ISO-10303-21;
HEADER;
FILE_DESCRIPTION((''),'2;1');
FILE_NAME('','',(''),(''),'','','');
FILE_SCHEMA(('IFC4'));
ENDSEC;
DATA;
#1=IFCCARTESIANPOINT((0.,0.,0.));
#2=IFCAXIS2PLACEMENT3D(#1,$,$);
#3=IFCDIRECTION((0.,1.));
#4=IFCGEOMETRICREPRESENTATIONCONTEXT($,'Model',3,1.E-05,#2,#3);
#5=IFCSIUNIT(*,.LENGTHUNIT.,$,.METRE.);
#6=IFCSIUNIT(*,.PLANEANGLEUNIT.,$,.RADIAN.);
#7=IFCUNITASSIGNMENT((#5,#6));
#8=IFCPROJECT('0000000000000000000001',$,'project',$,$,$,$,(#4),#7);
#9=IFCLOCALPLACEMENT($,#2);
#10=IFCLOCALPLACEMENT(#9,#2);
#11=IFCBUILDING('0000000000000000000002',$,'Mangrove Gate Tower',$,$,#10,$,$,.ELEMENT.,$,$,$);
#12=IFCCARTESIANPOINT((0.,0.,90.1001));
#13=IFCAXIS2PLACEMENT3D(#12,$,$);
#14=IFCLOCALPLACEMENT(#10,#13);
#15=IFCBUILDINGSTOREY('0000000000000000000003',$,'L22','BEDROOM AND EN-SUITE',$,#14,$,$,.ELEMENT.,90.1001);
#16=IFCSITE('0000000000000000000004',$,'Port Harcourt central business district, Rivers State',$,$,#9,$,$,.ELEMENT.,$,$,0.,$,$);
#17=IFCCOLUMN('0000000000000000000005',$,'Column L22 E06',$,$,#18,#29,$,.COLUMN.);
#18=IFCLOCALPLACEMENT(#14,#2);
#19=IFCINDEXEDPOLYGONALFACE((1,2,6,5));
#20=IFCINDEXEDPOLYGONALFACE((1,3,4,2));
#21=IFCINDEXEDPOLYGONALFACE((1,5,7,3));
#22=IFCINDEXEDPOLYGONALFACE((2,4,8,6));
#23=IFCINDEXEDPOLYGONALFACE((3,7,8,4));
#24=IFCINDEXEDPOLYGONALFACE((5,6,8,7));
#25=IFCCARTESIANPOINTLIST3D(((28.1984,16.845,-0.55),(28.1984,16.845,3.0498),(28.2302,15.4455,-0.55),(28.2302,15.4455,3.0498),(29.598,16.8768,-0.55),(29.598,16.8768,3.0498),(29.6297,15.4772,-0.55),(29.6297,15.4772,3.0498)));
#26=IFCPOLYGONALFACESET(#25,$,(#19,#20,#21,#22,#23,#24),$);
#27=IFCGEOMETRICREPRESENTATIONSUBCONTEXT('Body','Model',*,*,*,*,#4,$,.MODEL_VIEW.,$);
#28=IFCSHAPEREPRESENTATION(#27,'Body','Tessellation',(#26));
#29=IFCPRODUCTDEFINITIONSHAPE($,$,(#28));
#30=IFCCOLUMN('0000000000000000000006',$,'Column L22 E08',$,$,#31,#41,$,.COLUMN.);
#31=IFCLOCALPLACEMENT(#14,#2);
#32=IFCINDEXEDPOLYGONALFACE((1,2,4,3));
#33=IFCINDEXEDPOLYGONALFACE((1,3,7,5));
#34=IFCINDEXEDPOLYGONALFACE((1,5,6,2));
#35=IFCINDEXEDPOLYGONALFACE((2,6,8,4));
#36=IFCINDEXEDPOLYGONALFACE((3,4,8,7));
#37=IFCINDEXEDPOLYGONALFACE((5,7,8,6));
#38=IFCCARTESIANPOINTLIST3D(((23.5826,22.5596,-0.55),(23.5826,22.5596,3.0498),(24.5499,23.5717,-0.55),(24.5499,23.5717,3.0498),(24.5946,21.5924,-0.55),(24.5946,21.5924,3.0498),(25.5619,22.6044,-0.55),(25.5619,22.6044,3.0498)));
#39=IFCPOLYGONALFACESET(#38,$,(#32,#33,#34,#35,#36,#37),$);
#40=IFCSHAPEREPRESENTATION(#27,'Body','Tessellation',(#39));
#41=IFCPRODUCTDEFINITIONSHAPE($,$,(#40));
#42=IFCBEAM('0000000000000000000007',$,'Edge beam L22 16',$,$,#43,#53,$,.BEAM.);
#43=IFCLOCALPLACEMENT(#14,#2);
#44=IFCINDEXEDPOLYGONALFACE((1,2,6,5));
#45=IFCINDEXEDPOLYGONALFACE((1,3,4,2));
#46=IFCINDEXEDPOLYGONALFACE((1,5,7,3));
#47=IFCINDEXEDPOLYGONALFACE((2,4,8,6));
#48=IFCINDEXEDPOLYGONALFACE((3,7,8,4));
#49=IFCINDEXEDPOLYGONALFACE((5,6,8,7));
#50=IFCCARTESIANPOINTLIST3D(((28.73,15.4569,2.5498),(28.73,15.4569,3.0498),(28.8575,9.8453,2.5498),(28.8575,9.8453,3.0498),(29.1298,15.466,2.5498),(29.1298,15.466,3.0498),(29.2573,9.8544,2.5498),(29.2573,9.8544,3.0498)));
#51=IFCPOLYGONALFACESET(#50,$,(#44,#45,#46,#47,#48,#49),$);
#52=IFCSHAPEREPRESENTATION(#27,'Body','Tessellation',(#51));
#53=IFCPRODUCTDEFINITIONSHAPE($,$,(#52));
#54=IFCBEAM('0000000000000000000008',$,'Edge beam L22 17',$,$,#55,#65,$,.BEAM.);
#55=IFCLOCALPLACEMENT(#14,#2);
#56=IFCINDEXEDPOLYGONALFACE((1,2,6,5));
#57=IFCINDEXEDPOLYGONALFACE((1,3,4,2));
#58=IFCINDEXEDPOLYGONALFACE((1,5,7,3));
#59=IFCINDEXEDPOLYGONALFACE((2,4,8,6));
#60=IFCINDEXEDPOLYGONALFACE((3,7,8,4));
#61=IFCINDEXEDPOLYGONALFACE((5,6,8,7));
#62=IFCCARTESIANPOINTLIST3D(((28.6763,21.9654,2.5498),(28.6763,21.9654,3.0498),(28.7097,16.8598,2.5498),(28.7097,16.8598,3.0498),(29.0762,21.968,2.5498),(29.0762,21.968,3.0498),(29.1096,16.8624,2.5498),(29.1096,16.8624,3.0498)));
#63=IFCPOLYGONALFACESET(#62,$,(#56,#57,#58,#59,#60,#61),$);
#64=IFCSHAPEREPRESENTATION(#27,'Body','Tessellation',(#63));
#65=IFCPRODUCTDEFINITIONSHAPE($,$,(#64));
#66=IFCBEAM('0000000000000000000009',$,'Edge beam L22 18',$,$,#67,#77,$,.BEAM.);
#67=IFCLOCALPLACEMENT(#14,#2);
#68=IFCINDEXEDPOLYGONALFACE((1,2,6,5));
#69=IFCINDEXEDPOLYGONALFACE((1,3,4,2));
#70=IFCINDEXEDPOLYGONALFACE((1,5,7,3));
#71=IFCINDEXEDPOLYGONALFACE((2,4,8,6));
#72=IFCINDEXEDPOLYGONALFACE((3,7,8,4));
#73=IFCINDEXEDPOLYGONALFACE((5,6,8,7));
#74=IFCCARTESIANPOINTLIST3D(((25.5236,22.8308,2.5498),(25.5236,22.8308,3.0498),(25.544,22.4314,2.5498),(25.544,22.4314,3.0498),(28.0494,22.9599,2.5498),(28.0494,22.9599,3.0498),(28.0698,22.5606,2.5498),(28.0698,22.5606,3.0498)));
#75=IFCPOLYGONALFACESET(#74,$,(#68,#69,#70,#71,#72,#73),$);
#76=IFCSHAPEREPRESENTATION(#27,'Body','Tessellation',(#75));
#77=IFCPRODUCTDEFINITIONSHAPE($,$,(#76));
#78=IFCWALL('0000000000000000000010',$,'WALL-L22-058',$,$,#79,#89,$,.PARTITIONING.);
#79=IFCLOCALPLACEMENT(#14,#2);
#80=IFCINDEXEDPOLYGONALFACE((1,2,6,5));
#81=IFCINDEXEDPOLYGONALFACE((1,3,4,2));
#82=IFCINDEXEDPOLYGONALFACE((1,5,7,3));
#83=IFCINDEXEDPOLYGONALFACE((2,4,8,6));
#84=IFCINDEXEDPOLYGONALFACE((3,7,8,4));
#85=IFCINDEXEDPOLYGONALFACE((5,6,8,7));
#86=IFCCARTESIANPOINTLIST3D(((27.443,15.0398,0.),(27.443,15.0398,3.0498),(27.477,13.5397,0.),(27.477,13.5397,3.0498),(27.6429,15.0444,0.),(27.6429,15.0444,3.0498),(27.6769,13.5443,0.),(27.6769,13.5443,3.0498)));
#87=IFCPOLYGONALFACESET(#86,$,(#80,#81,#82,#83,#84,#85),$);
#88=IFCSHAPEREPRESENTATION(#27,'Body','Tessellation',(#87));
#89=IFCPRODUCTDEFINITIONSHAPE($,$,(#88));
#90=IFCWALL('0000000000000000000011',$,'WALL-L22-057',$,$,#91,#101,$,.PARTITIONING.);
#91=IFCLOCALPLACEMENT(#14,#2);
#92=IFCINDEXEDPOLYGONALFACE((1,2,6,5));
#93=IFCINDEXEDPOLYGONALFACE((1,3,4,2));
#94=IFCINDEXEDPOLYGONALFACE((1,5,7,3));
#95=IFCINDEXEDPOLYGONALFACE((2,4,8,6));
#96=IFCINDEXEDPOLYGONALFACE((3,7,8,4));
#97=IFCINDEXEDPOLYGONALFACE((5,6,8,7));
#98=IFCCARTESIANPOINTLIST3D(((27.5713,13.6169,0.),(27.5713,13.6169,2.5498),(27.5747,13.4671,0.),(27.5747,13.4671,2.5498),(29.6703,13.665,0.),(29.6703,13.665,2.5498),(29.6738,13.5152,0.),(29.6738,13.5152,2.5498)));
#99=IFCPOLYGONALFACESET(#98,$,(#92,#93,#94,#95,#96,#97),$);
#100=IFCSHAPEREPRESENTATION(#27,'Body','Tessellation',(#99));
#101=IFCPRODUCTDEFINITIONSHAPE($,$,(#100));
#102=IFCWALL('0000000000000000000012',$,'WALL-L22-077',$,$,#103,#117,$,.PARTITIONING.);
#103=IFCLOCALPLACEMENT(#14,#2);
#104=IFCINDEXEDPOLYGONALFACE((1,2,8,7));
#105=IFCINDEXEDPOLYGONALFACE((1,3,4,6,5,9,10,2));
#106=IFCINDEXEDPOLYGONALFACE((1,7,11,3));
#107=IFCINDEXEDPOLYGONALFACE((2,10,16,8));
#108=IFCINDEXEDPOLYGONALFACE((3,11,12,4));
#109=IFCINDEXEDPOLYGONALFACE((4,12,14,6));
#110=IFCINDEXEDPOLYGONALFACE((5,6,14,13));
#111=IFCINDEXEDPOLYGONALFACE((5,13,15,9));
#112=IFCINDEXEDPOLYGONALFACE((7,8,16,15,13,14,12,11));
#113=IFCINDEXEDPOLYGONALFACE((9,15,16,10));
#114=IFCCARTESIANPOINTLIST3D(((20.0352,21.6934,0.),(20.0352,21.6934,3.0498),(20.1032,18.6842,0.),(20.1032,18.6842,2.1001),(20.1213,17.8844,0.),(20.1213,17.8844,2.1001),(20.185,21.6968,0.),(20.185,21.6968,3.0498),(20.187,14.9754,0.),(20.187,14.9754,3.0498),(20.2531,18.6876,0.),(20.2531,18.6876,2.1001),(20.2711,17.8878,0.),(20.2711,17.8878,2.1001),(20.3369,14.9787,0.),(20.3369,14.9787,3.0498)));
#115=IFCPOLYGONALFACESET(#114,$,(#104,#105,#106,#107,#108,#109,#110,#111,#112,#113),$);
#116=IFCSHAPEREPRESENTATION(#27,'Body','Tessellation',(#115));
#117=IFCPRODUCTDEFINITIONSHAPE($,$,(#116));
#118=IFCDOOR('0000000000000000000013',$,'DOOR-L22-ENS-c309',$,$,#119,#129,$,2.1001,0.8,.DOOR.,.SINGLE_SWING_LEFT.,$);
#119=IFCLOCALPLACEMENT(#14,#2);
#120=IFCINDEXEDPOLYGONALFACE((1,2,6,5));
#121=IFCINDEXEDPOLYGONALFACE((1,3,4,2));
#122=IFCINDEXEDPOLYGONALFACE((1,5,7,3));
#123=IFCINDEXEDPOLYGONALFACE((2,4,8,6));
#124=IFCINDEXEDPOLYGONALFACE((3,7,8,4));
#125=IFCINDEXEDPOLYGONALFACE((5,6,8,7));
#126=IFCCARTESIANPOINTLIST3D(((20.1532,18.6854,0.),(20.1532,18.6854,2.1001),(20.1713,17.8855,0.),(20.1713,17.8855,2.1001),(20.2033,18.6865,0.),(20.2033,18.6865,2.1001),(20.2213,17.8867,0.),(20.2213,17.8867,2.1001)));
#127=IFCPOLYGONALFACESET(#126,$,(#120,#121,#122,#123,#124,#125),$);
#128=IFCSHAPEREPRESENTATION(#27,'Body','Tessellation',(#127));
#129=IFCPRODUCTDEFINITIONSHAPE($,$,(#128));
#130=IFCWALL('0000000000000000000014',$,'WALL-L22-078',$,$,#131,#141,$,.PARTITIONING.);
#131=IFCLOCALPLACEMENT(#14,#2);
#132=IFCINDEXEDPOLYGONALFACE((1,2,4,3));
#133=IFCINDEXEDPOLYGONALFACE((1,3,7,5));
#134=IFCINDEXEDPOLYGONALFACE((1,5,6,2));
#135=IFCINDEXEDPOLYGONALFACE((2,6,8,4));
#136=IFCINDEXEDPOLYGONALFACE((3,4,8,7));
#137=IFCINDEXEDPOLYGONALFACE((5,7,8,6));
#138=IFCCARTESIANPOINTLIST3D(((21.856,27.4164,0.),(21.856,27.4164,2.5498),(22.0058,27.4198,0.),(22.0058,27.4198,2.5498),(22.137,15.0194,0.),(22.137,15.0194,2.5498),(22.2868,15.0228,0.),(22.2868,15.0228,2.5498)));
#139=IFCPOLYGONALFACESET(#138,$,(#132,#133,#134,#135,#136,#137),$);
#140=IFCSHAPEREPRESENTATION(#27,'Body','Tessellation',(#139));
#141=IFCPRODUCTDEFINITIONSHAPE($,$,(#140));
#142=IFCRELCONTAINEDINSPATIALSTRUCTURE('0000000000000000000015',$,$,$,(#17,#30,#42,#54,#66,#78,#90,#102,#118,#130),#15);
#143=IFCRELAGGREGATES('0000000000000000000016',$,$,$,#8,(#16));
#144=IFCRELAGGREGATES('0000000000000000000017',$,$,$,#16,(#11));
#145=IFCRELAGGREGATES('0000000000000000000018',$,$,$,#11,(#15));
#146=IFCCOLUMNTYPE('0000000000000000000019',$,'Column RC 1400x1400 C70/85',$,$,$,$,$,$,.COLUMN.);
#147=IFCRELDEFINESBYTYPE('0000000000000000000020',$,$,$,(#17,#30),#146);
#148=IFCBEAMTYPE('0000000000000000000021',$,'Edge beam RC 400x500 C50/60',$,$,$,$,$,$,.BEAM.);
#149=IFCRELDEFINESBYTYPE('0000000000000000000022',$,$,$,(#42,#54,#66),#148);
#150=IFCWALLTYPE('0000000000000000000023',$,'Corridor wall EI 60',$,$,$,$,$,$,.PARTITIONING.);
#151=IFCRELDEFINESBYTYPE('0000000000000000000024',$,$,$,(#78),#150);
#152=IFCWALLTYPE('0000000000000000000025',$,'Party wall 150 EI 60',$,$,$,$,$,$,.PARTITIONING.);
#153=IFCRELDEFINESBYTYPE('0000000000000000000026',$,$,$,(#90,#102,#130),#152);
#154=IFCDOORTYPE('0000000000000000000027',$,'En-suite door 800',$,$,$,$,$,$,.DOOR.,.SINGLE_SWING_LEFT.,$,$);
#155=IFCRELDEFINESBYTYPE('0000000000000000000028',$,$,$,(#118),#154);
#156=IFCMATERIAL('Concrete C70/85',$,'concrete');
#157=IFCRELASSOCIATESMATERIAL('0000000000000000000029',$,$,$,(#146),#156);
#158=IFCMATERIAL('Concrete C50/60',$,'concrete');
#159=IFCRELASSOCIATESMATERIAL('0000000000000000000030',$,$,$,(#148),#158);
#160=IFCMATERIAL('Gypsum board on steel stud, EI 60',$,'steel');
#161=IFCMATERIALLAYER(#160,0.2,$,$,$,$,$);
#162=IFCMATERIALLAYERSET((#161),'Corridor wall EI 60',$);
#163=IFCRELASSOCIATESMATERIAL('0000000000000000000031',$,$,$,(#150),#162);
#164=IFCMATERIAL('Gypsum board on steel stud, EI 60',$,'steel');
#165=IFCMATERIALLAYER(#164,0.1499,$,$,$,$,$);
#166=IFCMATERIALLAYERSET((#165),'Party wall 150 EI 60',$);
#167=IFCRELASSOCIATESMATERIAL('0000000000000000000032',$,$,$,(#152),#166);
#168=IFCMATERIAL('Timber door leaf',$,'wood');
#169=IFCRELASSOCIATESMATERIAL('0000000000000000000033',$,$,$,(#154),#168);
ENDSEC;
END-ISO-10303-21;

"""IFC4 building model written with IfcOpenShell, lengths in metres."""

from ifc_helpers import new_model, si_unit, direction, frame, frame_2d, origin, origin_2d, place, context, subcontext, project, spatial, rectangle, extrude, material, layer, layer_set, material_profile, profile_set, type_object, element, fill, save


model = new_model("IFC4")

# Units and contexts
model_context = context("Model", 3, precision=1e-05, world=origin(), true_north=direction((0.0, 1.0)))
body_context = subcontext(model_context, "Body", "Model", "MODEL_VIEW")
ifc_project = project(units=[si_unit("LENGTHUNIT", "METRE"), si_unit("PLANEANGLEUNIT", "RADIAN")], contexts=[model_context])

# Site, building, storey
site_placement = place(None, origin())
site = spatial("IfcSite", under=ifc_project, at=site_placement, Name="Port Harcourt central business district, Rivers State", CompositionType="ELEMENT", RefElevation=0.0)
building_placement = place(site_placement, origin())
building = spatial("IfcBuilding", under=site, at=building_placement, Name="Mangrove Gate Tower", CompositionType="ELEMENT")
storey_placement = place(building_placement, frame((0.0, 0.0, 90.1001)))
storey = spatial("IfcBuildingStorey", under=building, at=storey_placement, Name="L22", Description="BEDROOM AND EN-SUITE", CompositionType="ELEMENT", Elevation=90.1001)

# Columns
ifc_material_1 = material(Name="Concrete C70/85", Category="concrete")
ifc_material_profile_1 = material_profile(ifc_material_1, rectangle(XDim=1.3999, YDim=1.3999, at=origin_2d()))
ifc_profile_set_1 = profile_set([ifc_material_profile_1], Name="Concrete C70/85")
column_type = type_object("IfcColumnType", Name="Column RC 1400x1400 C70/85", PredefinedType="COLUMN", material=ifc_profile_set_1)
for number, where, z_axis, x_axis, name in (
    (1, (28.9141, 16.1611, -0.55), (0.0, 0.0, 1.0), (-0.022674, 0.999743, 0.0), "Column L22 E06"),
    (2, (24.5723, 22.582, -0.55), (0.0, 0.0, 1.0), (-0.722914, 0.690938, 0.0), "Column L22 E08"),
):
    element("IfcColumn", number, at=place(storey_placement, frame(where, z_axis=z_axis, x_axis=x_axis)), inside=storey, type_object=column_type, Name=name, PredefinedType="COLUMN", context=body_context, shape_type="SweptSolid", body=[
        extrude(rectangle(XDim=1.3999, YDim=1.3999, at=origin_2d()), origin(), (0.0, 0.0, 1.0), 3.5999),
    ])

# Beams
ifc_material_2 = material(Name="Concrete C50/60", Category="concrete")
ifc_material_profile_2 = material_profile(ifc_material_2, rectangle(XDim=0.3999, YDim=0.5, at=origin_2d()))
ifc_profile_set_2 = profile_set([ifc_material_profile_2], Name="Concrete C50/60")
beam_type = type_object("IfcBeamType", Name="Edge beam RC 400x500 C50/60", PredefinedType="BEAM", material=ifc_profile_set_2)
beam_1_placement = place(storey_placement, frame((29.0574, 9.8499, 2.7998), z_axis=(-0.022705, 0.999742, 0.0), x_axis=(-0.999742, -0.022705, 0.0)))
element("IfcBeam", 3, at=beam_1_placement, inside=storey, type_object=beam_type, Name="Edge beam L22 16", PredefinedType="BEAM", context=body_context, shape_type="SweptSolid", body=[
    extrude(rectangle(XDim=0.3999, YDim=0.5, at=origin_2d()), origin(), (0.0, 0.0, 1.0), 5.613),
])
beam_2_placement = place(storey_placement, frame((28.9097, 16.8611, 2.7998), z_axis=(-0.006551, 0.999979, 0.0), x_axis=(-0.999979, -0.006551, 0.0)))
element("IfcBeam", 4, at=beam_2_placement, inside=storey, type_object=beam_type, Name="Edge beam L22 17", PredefinedType="BEAM", context=body_context, shape_type="SweptSolid", body=[
    extrude(rectangle(XDim=0.3999, YDim=0.5, at=origin_2d()), origin(), (0.0, 0.0, 1.0), 5.1057),
])
beam_3_placement = place(storey_placement, frame((28.0596, 22.7603, 2.7998), z_axis=(-0.998695, -0.051069, 0.0), x_axis=(0.051069, -0.998695, 0.0)))
element("IfcBeam", 5, at=beam_3_placement, inside=storey, type_object=beam_type, Name="Edge beam L22 18", PredefinedType="BEAM", context=body_context, shape_type="SweptSolid", body=[
    extrude(rectangle(XDim=0.3999, YDim=0.5, at=origin_2d()), origin(), (0.0, 0.0, 1.0), 2.5291),
])

# Walls
ifc_material_3 = material(Name="Gypsum board on steel stud, EI 60", Category="steel")
ifc_layer_1 = layer(ifc_material_3, 0.2)
ifc_layer_set_1 = layer_set([ifc_layer_1], Name="Corridor wall EI 60")
wall_type_1 = type_object("IfcWallType", Name="Corridor wall EI 60", PredefinedType="PARTITIONING", material=ifc_layer_set_1)
wall_1_placement = place(storey_placement, frame((27.5769, 13.542, 0.0), z_axis=(0.0, 0.0, 1.0), x_axis=(-0.022618, 0.999744, 0.0)))
element("IfcWall", 6, at=wall_1_placement, inside=storey, type_object=wall_type_1, Name="WALL-L22-058", PredefinedType="PARTITIONING", context=body_context, shape_type="SweptSolid", body=[
    extrude(rectangle(XDim=1.5005, YDim=0.2, at=frame_2d((0.7502, 0.0))), origin(), (0.0, 0.0, 1.0), 3.0498),
])
ifc_material_4 = material(Name="Gypsum board on steel stud, EI 60", Category="steel")
ifc_layer_2 = layer(ifc_material_4, 0.1499)
ifc_layer_set_2 = layer_set([ifc_layer_2], Name="Party wall 150 EI 60")
wall_type_2 = type_object("IfcWallType", Name="Party wall 150 EI 60", PredefinedType="PARTITIONING", material=ifc_layer_set_2)
wall_2_placement = place(storey_placement, frame((27.573, 13.542, 0.0), z_axis=(0.0, 0.0, 1.0), x_axis=(0.999738, 0.022906, 0.0)))
element("IfcWall", 7, at=wall_2_placement, inside=storey, type_object=wall_type_2, Name="WALL-L22-057", PredefinedType="PARTITIONING", context=body_context, shape_type="SweptSolid", body=[
    extrude(rectangle(XDim=2.0996, YDim=0.1499, at=frame_2d((1.0498, 0.0))), origin(), (0.0, 0.0, 1.0), 2.5498),
])

# Wall, opening, door
wall_3_placement = place(storey_placement, frame((20.262, 14.9771, 0.0), z_axis=(0.0, 0.0, 1.0), x_axis=(-0.022598, 0.999745, 0.0)))
wall_3 = element("IfcWall", 8, at=wall_3_placement, inside=storey, type_object=wall_type_2, Name="WALL-L22-077", PredefinedType="PARTITIONING", context=body_context, shape_type="SweptSolid", body=[
    extrude(rectangle(XDim=6.7197, YDim=0.1499, at=frame_2d((3.3599, 0.0))), origin(), (0.0, 0.0, 1.0), 3.0498),
])
opening_placement = place(wall_3_placement, frame((2.9099, 0.0, 0.0)))
opening = element("IfcOpeningElement", 9, at=opening_placement, cuts=wall_3, PredefinedType="OPENING", context=body_context, shape_type="SweptSolid", body=[
    extrude(rectangle(XDim=0.8, YDim=2.1001, at=frame_2d((0.3999, 1.05))), frame((0.0, 0.085, 0.0), z_axis=(0.0, -1.0, 0.0), x_axis=(1.0, 0.0, 0.0)), (0.0, 0.0, 1.0), 0.1699),
])
ifc_material_5 = material(Name="Timber door leaf", Category="wood")
door_type = type_object("IfcDoorType", Name="En-suite door 800", OperationType="SINGLE_SWING_LEFT", PredefinedType="DOOR", material=ifc_material_5)
door_placement = place(opening_placement, origin())
door = element("IfcDoor", 10, at=door_placement, inside=storey, type_object=door_type, Name="DOOR-L22-ENS-c309", OperationType="SINGLE_SWING_LEFT", OverallHeight=2.1001, OverallWidth=0.8, PredefinedType="DOOR", context=body_context, shape_type="SweptSolid", body=[
    extrude(rectangle(XDim=0.8, YDim=2.1001, at=frame_2d((0.3999, 1.05))), frame((0.0, 0.0249, 0.0), z_axis=(0.0, -1.0, 0.0), x_axis=(1.0, 0.0, 0.0)), (0.0, 0.0, 1.0), 0.05),
])
fill(opening, door)

# Wall
wall_4_placement = place(storey_placement, frame((22.2119, 15.021, 0.0), z_axis=(0.0, 0.0, 1.0), x_axis=(-0.022661, 0.999743, 0.0)))
element("IfcWall", 11, at=wall_4_placement, inside=storey, type_object=wall_type_2, Name="WALL-L22-078", PredefinedType="PARTITIONING", context=body_context, shape_type="SweptSolid", body=[
    extrude(rectangle(XDim=12.4001, YDim=0.1499, at=frame_2d((6.2002, 0.0))), origin(), (0.0, 0.0, 1.0), 2.5498),
])

save(model, "model.ifc")
